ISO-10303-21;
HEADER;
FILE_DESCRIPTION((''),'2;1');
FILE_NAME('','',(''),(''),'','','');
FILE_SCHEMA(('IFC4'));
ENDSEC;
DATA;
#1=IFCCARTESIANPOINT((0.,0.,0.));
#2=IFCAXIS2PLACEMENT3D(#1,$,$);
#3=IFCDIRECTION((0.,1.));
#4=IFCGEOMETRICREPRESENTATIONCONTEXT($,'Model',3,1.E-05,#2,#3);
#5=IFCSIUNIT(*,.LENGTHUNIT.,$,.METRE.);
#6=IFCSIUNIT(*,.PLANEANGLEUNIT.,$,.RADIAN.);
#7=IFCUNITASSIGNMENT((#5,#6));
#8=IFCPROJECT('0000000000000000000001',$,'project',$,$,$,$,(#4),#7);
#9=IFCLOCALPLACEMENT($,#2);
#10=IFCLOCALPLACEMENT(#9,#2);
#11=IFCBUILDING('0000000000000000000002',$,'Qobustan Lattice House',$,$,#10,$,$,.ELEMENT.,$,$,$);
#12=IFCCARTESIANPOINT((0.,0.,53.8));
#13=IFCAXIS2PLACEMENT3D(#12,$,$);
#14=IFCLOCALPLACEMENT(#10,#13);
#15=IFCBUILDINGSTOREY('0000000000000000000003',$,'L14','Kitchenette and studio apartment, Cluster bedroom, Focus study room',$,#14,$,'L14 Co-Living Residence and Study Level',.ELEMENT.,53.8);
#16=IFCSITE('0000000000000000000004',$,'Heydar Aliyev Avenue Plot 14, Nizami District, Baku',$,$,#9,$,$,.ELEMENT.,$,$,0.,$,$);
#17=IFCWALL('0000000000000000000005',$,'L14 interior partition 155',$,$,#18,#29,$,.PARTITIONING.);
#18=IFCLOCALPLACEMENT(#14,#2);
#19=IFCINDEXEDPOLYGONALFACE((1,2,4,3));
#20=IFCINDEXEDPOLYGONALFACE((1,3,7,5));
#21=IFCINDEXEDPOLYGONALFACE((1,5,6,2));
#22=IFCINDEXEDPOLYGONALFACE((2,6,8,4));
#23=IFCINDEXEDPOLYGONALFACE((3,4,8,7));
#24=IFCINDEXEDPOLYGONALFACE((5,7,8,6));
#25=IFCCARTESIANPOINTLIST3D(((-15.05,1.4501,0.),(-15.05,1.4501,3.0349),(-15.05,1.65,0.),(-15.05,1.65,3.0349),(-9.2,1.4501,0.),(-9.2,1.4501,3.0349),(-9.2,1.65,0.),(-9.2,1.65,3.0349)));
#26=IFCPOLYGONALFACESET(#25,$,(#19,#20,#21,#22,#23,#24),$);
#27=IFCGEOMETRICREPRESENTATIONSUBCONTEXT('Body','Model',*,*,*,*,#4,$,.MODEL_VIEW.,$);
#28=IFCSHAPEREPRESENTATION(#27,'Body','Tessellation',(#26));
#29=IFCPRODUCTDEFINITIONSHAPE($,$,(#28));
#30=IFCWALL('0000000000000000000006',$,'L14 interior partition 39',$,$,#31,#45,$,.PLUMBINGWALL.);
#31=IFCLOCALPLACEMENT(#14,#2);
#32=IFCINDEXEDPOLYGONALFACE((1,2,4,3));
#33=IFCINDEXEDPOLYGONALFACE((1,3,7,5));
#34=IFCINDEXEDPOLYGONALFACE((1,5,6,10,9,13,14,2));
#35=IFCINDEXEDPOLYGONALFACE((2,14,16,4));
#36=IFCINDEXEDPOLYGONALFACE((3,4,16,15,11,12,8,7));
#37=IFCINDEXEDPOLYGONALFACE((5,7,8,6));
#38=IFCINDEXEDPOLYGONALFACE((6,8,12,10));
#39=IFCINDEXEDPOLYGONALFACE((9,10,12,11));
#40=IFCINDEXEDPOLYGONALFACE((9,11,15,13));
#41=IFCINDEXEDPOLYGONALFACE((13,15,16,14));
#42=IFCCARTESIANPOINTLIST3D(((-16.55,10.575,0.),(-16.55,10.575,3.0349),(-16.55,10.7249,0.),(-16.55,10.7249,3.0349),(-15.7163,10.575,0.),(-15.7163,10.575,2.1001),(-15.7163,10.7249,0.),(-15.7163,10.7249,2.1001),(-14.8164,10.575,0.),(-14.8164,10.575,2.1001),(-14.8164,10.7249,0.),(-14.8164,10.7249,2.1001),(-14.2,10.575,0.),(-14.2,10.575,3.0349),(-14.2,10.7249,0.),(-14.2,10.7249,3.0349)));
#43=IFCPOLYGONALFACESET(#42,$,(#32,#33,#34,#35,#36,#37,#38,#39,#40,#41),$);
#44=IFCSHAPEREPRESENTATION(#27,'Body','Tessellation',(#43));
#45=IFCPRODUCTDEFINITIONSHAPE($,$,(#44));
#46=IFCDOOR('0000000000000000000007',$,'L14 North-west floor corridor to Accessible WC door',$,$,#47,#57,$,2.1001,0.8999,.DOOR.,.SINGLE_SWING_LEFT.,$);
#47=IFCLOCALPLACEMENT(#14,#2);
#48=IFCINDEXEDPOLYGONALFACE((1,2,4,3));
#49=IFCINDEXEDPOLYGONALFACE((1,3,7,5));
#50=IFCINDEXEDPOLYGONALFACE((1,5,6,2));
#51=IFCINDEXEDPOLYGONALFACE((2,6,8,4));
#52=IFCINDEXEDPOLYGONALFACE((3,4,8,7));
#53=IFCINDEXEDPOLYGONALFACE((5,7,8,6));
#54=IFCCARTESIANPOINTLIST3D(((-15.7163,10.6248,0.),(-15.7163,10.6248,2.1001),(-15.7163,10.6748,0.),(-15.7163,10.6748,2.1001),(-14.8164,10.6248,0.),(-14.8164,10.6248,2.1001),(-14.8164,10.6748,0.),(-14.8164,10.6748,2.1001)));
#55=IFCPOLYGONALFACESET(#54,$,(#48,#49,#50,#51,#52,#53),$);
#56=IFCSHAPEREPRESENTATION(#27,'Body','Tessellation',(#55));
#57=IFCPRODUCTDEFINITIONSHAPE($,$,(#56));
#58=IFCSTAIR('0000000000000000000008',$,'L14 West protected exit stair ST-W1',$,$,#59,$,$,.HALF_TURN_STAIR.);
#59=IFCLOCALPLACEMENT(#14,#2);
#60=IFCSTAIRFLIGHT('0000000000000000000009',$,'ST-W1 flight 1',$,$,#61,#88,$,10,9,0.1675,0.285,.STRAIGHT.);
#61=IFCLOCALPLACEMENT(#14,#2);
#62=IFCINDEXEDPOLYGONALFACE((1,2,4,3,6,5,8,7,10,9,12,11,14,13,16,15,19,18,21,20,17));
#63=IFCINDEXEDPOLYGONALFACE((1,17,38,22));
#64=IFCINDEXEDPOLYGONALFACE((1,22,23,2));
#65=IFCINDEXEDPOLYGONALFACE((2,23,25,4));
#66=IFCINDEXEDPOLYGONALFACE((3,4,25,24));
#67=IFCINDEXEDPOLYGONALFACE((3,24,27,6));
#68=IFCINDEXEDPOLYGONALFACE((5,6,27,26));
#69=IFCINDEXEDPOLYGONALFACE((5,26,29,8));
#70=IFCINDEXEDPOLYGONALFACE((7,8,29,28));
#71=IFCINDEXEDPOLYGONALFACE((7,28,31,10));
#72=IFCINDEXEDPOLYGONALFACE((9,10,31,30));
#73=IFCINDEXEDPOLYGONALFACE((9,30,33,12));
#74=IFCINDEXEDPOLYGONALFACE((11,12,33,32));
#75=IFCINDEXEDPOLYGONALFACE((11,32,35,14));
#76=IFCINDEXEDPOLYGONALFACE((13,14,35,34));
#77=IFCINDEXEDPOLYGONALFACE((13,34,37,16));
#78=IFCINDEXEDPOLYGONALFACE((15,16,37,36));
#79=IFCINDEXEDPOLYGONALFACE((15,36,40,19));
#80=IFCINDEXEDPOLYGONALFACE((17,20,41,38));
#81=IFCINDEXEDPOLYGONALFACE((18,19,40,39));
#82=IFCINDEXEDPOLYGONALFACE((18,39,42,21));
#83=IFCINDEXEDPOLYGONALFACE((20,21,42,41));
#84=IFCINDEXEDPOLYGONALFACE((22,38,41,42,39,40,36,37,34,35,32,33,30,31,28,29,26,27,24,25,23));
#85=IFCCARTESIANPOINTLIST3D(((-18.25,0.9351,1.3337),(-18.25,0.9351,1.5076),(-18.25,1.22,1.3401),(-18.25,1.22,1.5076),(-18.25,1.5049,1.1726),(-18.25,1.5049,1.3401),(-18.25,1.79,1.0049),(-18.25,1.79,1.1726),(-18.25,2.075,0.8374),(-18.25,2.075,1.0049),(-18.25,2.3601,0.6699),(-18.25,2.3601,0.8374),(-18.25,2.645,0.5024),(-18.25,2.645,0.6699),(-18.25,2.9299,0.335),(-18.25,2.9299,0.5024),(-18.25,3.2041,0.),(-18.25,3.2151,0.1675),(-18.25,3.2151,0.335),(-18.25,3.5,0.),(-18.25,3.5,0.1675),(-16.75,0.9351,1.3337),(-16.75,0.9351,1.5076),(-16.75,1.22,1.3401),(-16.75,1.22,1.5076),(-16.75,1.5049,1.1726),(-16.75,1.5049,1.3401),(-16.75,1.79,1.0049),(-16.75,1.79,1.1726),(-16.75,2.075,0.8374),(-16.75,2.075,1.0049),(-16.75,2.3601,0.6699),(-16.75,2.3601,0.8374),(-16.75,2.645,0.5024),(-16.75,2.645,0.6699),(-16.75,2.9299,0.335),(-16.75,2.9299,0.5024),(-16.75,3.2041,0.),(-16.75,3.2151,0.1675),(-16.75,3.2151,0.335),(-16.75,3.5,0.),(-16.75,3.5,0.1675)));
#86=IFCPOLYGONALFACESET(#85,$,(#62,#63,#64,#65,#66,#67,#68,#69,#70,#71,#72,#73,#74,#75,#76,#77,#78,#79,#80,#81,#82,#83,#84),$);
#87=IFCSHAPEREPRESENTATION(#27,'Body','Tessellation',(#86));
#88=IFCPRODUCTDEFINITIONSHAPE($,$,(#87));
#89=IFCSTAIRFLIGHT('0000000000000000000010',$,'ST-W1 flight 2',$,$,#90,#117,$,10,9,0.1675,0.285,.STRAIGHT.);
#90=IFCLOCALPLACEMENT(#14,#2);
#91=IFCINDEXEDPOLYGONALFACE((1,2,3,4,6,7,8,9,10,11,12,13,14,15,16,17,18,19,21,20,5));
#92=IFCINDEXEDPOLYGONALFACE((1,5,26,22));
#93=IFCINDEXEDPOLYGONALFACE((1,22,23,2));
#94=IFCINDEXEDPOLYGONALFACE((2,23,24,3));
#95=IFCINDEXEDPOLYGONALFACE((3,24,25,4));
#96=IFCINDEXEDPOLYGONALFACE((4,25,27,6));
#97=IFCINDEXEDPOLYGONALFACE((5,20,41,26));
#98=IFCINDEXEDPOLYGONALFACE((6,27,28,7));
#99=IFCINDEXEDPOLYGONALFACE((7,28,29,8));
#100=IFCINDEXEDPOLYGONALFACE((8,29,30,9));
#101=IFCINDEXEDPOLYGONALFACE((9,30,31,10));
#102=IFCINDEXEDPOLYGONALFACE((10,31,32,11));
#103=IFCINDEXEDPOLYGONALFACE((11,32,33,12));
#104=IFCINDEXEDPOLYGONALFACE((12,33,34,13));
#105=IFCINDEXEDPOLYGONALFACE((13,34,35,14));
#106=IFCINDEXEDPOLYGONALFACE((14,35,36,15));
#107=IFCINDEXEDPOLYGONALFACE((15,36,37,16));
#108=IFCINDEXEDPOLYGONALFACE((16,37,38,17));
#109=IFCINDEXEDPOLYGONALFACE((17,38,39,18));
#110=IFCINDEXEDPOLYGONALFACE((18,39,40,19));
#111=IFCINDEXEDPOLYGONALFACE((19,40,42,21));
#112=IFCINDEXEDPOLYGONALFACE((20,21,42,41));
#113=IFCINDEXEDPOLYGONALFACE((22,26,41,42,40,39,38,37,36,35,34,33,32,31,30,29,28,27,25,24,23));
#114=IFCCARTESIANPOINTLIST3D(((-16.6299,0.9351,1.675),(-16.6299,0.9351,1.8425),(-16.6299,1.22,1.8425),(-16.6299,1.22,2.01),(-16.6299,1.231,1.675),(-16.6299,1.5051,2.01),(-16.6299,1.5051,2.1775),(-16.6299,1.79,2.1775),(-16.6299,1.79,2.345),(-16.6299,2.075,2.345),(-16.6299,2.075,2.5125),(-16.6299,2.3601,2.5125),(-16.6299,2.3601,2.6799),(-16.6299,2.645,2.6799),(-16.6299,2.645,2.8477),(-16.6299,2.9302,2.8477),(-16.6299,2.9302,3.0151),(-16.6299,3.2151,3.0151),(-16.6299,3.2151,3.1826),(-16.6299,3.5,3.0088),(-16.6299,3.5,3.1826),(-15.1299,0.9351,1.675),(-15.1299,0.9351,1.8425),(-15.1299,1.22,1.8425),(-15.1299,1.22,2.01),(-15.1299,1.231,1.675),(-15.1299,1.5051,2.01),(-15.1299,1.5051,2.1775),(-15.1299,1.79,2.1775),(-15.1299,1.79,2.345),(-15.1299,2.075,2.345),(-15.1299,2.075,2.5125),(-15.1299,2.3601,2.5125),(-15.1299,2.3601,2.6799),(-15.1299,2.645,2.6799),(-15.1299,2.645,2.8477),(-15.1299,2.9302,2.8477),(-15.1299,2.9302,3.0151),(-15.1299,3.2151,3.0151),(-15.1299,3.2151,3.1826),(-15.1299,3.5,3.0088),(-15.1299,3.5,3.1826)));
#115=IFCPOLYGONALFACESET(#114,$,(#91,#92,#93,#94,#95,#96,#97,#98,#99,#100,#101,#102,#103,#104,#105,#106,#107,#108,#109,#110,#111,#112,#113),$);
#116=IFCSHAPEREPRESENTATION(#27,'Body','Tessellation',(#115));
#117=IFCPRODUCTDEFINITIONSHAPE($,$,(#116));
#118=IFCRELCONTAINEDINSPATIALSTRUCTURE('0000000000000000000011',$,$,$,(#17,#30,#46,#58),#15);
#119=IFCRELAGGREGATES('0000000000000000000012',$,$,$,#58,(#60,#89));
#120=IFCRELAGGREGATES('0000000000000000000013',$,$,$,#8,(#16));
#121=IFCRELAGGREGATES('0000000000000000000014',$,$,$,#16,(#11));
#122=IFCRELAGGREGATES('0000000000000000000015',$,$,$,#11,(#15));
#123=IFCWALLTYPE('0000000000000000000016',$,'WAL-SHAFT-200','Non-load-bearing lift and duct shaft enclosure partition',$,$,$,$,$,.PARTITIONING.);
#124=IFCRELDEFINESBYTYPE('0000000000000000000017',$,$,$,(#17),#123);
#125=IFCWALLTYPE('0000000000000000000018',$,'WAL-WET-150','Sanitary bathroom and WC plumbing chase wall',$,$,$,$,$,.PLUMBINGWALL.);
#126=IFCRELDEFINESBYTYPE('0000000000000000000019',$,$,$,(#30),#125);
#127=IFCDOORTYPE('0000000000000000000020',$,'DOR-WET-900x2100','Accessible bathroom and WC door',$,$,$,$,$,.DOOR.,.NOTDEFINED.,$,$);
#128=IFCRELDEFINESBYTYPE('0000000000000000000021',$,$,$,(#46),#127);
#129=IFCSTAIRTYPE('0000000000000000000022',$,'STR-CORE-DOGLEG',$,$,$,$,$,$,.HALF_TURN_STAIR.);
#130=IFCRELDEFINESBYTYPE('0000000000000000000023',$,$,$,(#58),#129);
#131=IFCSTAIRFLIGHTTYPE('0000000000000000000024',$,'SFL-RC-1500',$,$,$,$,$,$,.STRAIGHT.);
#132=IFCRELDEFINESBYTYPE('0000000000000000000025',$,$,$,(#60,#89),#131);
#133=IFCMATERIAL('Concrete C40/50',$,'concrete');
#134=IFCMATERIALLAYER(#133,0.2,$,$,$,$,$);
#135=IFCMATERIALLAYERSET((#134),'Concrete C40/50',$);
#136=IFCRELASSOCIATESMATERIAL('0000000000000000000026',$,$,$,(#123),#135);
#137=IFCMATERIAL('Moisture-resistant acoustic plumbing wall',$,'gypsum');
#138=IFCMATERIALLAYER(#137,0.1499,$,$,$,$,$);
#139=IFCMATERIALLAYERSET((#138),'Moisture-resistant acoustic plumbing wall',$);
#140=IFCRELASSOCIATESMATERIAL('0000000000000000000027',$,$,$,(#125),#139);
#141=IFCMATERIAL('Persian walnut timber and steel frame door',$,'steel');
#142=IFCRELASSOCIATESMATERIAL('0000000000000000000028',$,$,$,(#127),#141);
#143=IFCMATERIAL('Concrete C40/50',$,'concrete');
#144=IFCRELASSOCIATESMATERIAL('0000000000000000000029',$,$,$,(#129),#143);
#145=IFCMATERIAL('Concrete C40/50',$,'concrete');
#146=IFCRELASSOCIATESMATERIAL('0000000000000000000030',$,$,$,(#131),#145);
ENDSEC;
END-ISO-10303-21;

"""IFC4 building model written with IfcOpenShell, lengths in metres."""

from ifc_helpers import new_model, si_unit, direction, frame, frame_2d, origin, place, context, subcontext, project, spatial, polyline, rectangle, outline, extrude, material, layer, layer_set, type_object, element, fill, aggregate, save


model = new_model("IFC4")

# Units and contexts
model_context = context("Model", 3, precision=1e-05, world=origin(), true_north=direction((0.0, 1.0)))
body_context = subcontext(model_context, "Body", "Model", "MODEL_VIEW")
ifc_project = project(units=[si_unit("LENGTHUNIT", "METRE"), si_unit("PLANEANGLEUNIT", "RADIAN")], contexts=[model_context])

# Site, building, storey
site_placement = place(None, origin())
site = spatial("IfcSite", under=ifc_project, at=site_placement, Name="Heydar Aliyev Avenue Plot 14, Nizami District, Baku", CompositionType="ELEMENT", RefElevation=0.0)
building_placement = place(site_placement, origin())
building = spatial("IfcBuilding", under=site, at=building_placement, Name="Qobustan Lattice House", CompositionType="ELEMENT")
storey_placement = place(building_placement, frame((0.0, 0.0, 53.8)))
storey = spatial("IfcBuildingStorey", under=building, at=storey_placement, Name="L14", Description="Kitchenette and studio apartment, Cluster bedroom, Focus study room", LongName="L14 Co-Living Residence and Study Level", CompositionType="ELEMENT", Elevation=53.8)

# Wall
ifc_material_1 = material(Name="Concrete C40/50", Category="concrete")
ifc_layer_1 = layer(ifc_material_1, 0.2)
ifc_layer_set_1 = layer_set([ifc_layer_1], Name="Concrete C40/50")
wall_type_1 = type_object("IfcWallType", Name="WAL-SHAFT-200", Description="Non-load-bearing lift and duct shaft enclosure partition", PredefinedType="PARTITIONING", material=ifc_layer_set_1)
wall_1_placement = place(storey_placement, frame((-15.05, 1.55, 0.0), z_axis=(0.0, 0.0, 1.0), x_axis=(1.0, 0.0, 0.0)))
element("IfcWall", 1, at=wall_1_placement, inside=storey, type_object=wall_type_1, Name="L14 interior partition 155", PredefinedType="PARTITIONING", context=body_context, shape_type="SweptSolid", body=[
    extrude(rectangle(XDim=5.8501, YDim=0.2, at=frame_2d((2.925, 0.0))), origin(), (0.0, 0.0, 1.0), 3.0349),
])

# Wall, opening, door
ifc_material_2 = material(Name="Moisture-resistant acoustic plumbing wall", Category="gypsum")
ifc_layer_2 = layer(ifc_material_2, 0.1499)
ifc_layer_set_2 = layer_set([ifc_layer_2], Name="Moisture-resistant acoustic plumbing wall")
wall_type_2 = type_object("IfcWallType", Name="WAL-WET-150", Description="Sanitary bathroom and WC plumbing chase wall", PredefinedType="PLUMBINGWALL", material=ifc_layer_set_2)
wall_2_placement = place(storey_placement, frame((-16.55, 10.6499, 0.0), z_axis=(0.0, 0.0, 1.0), x_axis=(1.0, 0.0, 0.0)))
wall_2 = element("IfcWall", 2, at=wall_2_placement, inside=storey, type_object=wall_type_2, Name="L14 interior partition 39", PredefinedType="PLUMBINGWALL", context=body_context, shape_type="SweptSolid", body=[
    extrude(rectangle(XDim=2.3501, YDim=0.1499, at=frame_2d((1.175, 0.0))), origin(), (0.0, 0.0, 1.0), 3.0349),
])
opening_1_placement = place(wall_2_placement, frame((0.8337, 0.0, 0.0)))
opening_1 = element("IfcOpeningElement", 3, at=opening_1_placement, cuts=wall_2, PredefinedType="OPENING", context=body_context, shape_type="SweptSolid", body=[
    extrude(rectangle(XDim=0.8999, YDim=2.1001, at=frame_2d((0.45, 1.05))), frame((0.0, 0.085, 0.0), z_axis=(0.0, -1.0, 0.0), x_axis=(1.0, 0.0, 0.0)), (0.0, 0.0, 1.0), 0.1699),
])
ifc_material_3 = material(Name="Persian walnut timber and steel frame door", Category="steel")
door_type_1 = type_object("IfcDoorType", Name="DOR-WET-900x2100", Description="Accessible bathroom and WC door", OperationType="NOTDEFINED", PredefinedType="DOOR", material=ifc_material_3)
door_1_placement = place(opening_1_placement, origin())
door_1 = element("IfcDoor", 4, at=door_1_placement, inside=storey, type_object=door_type_1, Name="L14 North-west floor corridor to Accessible WC door", OperationType="SINGLE_SWING_LEFT", OverallHeight=2.1001, OverallWidth=0.8999, PredefinedType="DOOR", context=body_context, shape_type="SweptSolid", body=[
    extrude(rectangle(XDim=0.8999, YDim=2.1001, at=frame_2d((0.45, 1.05))), frame((0.0, 0.0249, 0.0), z_axis=(0.0, -1.0, 0.0), x_axis=(1.0, 0.0, 0.0)), (0.0, 0.0, 1.0), 0.05),
])
fill(opening_1, door_1)

# Stair, stair flights
ifc_material_4 = material(Name="Concrete C40/50", Category="concrete")
stair_type = type_object("IfcStairType", Name="STR-CORE-DOGLEG", PredefinedType="HALF_TURN_STAIR", material=ifc_material_4)
stair_placement = place(storey_placement, origin())
stair = element("IfcStair", 5, at=stair_placement, inside=storey, type_object=stair_type, Name="L14 West protected exit stair ST-W1", PredefinedType="HALF_TURN_STAIR")
ifc_material_5 = material(Name="Concrete C40/50", Category="concrete")
stair_flight_type = type_object("IfcStairFlightType", Name="SFL-RC-1500", PredefinedType="STRAIGHT", material=ifc_material_5)
stair_flight_1_placement = place(storey_placement, frame((-17.5, 3.5, 0.0), z_axis=(0.0, 0.0, 1.0), x_axis=(0.0, -1.0, 0.0)))
stair_flight_1 = element("IfcStairFlight", 6, at=stair_flight_1_placement, type_object=stair_flight_type, Name="ST-W1 flight 1", NumberOfRisers=10, NumberOfTreads=9, PredefinedType="STRAIGHT", RiserHeight=0.1675, TreadLength=0.285, context=body_context, shape_type="SweptSolid", body=[
    extrude(outline(polyline([(0.0, 0.0), (0.0, 0.1675), (0.2849, 0.1675), (0.2849, 0.335), (0.5701, 0.335), (0.5701, 0.5024), (0.855, 0.5024), (0.855, 0.6699), (1.1399, 0.6699), (1.1399, 0.8374), (1.425, 0.8374), (1.425, 1.0049), (1.71, 1.0049), (1.71, 1.1726), (1.9951, 1.1726), (1.9951, 1.3401), (2.28, 1.3401), (2.28, 1.5076), (2.5649, 1.5076), (2.5649, 1.675), (2.5649, 1.3337), (0.2959, 0.0), (0.0, 0.0)])), frame((0.0, 0.75, 0.0), z_axis=(0.0, -1.0, 0.0), x_axis=(1.0, 0.0, 0.0)), (0.0, 0.0, 1.0), 1.5),
])
stair_flight_2_placement = place(storey_placement, frame((-15.8799, 0.9351, 1.675), z_axis=(0.0, 0.0, 1.0), x_axis=(0.0, 1.0, 0.0)))
stair_flight_2 = element("IfcStairFlight", 7, at=stair_flight_2_placement, type_object=stair_flight_type, Name="ST-W1 flight 2", NumberOfRisers=10, NumberOfTreads=9, PredefinedType="STRAIGHT", RiserHeight=0.1675, TreadLength=0.285, context=body_context, shape_type="SweptSolid", body=[
    extrude(outline(polyline([(0.0, 0.0), (0.0, 0.1675), (0.2849, 0.1675), (0.2849, 0.335), (0.5701, 0.335), (0.5701, 0.5024), (0.855, 0.5024), (0.855, 0.6699), (1.1399, 0.6699), (1.1399, 0.8374), (1.425, 0.8374), (1.425, 1.0049), (1.71, 1.0049), (1.71, 1.1726), (1.9951, 1.1726), (1.9951, 1.3401), (2.28, 1.3401), (2.28, 1.5076), (2.5649, 1.5076), (2.5649, 1.675), (2.5649, 1.3337), (0.2959, 0.0), (0.0, 0.0)])), frame((0.0, 0.75, 0.0), z_axis=(0.0, -1.0, 0.0), x_axis=(1.0, 0.0, 0.0)), (0.0, 0.0, 1.0), 1.5),
])
aggregate(stair, [stair_flight_1, stair_flight_2])

save(model, "model.ifc")
